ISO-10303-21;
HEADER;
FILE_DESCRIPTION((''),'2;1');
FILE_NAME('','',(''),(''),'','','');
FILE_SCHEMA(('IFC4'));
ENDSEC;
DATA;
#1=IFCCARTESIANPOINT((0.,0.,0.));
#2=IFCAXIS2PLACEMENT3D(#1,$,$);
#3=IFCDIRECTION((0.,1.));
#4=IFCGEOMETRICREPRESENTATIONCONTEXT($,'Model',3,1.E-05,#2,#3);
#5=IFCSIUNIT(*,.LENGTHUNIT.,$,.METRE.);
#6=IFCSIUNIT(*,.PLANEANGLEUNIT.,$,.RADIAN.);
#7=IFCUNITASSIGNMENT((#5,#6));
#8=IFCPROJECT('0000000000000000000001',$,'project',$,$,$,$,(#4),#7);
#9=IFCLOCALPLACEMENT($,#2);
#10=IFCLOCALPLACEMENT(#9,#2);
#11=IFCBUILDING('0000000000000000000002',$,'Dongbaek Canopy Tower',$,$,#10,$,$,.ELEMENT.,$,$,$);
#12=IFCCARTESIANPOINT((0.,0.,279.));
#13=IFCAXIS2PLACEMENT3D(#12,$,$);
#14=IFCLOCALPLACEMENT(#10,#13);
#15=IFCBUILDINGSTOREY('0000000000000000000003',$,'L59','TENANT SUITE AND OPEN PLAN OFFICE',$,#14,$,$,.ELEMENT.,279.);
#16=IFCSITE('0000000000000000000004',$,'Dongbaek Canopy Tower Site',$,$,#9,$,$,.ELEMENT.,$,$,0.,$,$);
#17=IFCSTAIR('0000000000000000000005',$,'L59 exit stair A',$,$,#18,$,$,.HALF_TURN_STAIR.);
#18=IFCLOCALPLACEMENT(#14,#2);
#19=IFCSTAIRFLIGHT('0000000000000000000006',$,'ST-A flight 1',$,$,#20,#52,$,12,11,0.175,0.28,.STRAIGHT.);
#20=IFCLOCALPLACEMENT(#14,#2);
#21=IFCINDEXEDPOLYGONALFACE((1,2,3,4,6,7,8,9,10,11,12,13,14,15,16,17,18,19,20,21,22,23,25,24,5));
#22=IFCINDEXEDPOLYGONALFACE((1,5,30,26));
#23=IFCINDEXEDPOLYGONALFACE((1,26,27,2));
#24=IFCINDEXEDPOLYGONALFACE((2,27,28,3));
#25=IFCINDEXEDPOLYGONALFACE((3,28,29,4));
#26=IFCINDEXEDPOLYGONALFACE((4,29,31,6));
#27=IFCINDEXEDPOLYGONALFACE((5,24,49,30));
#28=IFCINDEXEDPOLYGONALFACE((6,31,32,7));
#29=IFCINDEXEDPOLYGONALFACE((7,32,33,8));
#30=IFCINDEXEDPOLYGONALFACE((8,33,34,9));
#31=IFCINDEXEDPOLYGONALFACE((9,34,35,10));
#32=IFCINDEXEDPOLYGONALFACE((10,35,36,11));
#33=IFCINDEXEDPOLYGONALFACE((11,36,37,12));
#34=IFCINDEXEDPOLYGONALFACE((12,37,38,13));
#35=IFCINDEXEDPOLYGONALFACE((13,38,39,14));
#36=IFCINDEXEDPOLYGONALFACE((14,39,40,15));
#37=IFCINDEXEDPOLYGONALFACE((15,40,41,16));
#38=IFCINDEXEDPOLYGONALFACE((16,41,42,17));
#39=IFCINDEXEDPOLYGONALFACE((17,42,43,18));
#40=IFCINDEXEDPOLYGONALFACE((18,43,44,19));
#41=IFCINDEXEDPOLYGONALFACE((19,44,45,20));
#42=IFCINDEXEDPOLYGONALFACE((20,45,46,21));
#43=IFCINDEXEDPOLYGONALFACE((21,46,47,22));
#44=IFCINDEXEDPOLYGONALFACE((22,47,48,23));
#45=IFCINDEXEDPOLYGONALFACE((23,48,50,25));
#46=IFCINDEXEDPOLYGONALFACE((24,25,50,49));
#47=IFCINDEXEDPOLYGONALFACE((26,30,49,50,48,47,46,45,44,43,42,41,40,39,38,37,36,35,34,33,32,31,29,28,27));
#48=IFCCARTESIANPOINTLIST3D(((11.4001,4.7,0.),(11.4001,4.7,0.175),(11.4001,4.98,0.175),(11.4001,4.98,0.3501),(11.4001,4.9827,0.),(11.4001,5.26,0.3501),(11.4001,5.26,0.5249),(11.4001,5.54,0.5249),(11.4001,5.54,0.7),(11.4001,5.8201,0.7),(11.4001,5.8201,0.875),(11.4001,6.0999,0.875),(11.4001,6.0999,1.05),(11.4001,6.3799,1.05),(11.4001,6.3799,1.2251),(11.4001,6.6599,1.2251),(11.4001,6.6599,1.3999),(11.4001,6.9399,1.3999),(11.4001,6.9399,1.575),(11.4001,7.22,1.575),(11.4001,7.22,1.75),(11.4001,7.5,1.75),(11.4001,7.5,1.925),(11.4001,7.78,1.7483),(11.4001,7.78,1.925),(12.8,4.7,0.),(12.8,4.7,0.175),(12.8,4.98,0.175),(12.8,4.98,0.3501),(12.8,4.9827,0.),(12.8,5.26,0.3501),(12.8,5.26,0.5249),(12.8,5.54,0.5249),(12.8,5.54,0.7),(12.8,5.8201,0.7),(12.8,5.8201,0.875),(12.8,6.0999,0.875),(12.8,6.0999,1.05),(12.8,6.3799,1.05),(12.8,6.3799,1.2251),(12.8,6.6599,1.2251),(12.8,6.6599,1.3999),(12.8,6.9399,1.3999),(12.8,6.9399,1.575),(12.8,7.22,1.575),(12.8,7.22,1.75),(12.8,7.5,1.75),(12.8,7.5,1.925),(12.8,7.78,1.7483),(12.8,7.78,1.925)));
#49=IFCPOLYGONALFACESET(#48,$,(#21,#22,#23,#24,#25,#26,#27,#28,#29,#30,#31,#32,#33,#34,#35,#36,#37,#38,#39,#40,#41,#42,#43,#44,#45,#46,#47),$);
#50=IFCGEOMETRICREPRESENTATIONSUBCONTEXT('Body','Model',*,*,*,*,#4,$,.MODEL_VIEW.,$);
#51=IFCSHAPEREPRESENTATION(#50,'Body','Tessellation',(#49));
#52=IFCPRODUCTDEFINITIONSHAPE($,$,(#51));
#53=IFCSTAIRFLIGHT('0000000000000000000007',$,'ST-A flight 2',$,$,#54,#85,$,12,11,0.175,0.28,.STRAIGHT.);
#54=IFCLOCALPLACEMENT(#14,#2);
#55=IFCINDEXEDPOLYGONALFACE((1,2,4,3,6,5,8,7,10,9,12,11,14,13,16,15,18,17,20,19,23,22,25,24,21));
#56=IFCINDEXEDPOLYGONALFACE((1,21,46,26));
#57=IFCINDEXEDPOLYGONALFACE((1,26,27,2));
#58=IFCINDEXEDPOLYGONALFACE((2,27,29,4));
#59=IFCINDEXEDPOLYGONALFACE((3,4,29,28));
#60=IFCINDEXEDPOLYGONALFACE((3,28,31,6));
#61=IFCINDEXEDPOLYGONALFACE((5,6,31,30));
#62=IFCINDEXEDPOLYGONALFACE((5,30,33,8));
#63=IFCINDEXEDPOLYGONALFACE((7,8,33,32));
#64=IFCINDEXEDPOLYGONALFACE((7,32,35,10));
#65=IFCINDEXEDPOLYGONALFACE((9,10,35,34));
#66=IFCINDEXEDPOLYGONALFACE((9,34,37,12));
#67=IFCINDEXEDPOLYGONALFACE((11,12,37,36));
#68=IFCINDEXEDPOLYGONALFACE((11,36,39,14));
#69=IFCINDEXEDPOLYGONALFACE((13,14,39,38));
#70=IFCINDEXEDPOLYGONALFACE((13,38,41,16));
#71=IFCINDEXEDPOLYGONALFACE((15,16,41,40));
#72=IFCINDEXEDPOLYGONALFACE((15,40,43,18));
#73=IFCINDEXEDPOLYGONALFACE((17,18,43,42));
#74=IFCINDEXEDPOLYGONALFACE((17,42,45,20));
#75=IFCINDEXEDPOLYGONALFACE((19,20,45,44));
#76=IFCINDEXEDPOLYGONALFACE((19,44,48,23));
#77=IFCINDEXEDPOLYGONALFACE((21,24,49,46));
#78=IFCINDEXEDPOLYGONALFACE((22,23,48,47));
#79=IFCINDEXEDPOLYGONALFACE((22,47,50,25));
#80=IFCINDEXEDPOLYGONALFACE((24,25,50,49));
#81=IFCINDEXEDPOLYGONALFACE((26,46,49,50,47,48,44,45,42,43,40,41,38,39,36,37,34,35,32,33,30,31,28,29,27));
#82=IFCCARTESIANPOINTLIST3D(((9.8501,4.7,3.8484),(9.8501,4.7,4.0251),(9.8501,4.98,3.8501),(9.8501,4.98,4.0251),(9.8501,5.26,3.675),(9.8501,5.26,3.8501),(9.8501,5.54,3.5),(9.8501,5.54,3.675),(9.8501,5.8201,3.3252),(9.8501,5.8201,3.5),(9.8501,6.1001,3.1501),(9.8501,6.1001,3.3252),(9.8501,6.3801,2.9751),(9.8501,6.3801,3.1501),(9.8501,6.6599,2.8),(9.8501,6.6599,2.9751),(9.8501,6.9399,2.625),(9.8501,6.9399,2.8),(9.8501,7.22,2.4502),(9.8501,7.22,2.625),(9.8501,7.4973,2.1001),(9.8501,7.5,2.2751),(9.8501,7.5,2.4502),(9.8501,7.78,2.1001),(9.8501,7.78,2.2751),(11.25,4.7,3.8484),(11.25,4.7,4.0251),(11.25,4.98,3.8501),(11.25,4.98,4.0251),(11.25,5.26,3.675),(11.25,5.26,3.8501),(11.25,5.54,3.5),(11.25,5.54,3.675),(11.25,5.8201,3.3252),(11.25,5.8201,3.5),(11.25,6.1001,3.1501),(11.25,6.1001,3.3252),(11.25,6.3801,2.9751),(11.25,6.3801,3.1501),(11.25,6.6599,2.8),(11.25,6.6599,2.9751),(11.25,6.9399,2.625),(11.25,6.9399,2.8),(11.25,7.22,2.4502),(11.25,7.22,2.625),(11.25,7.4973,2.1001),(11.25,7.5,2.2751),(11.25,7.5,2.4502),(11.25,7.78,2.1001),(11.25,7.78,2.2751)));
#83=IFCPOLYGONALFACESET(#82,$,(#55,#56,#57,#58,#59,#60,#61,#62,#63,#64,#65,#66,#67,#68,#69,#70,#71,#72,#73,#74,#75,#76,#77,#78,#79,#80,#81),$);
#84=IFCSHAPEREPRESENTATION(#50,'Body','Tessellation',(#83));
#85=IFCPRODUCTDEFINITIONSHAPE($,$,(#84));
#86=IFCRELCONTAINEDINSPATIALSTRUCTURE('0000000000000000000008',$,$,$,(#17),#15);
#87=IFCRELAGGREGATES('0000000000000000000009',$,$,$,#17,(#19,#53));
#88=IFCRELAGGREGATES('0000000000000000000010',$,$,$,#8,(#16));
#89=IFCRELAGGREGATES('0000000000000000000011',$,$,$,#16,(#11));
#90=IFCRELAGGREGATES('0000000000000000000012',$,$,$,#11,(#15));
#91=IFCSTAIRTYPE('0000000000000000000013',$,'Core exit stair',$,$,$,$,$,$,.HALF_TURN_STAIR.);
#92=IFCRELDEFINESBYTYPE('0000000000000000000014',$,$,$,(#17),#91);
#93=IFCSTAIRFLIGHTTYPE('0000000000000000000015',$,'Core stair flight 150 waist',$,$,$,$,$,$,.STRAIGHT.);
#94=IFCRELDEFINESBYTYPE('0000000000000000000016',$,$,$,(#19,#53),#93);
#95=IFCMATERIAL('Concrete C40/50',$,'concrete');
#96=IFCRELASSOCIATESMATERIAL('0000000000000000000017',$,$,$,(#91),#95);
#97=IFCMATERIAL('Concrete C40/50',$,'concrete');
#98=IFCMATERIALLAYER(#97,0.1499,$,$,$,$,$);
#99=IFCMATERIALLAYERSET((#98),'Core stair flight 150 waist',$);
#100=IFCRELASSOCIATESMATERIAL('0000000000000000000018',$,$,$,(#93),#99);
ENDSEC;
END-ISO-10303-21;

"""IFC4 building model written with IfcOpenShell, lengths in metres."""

from ifc_helpers import new_model, si_unit, direction, frame, origin, place, context, subcontext, project, spatial, polyline, outline, extrude, material, layer, layer_set, type_object, element, aggregate, save


model = new_model("IFC4")

# Units and contexts
model_context = context("Model", 3, precision=1e-05, world=origin(), true_north=direction((0.0, 1.0)))
body_context = subcontext(model_context, "Body", "Model", "MODEL_VIEW")
ifc_project = project(units=[si_unit("LENGTHUNIT", "METRE"), si_unit("PLANEANGLEUNIT", "RADIAN")], contexts=[model_context])

# Site, building, storey
site_placement = place(None, origin())
site = spatial("IfcSite", under=ifc_project, at=site_placement, Name="Dongbaek Canopy Tower Site", CompositionType="ELEMENT", RefElevation=0.0)
building_placement = place(site_placement, origin())
building = spatial("IfcBuilding", under=site, at=building_placement, Name="Dongbaek Canopy Tower", CompositionType="ELEMENT")
storey_placement = place(building_placement, frame((0.0, 0.0, 279.0)))
storey = spatial("IfcBuildingStorey", under=building, at=storey_placement, Name="L59", Description="TENANT SUITE AND OPEN PLAN OFFICE", CompositionType="ELEMENT", Elevation=279.0)

# Stair, stair flights
ifc_material_1 = material(Name="Concrete C40/50", Category="concrete")
stair_type = type_object("IfcStairType", Name="Core exit stair", PredefinedType="HALF_TURN_STAIR", material=ifc_material_1)
stair_placement = place(storey_placement, origin())
stair = element("IfcStair", 1, at=stair_placement, inside=storey, type_object=stair_type, Name="L59 exit stair A", PredefinedType="HALF_TURN_STAIR")
ifc_material_2 = material(Name="Concrete C40/50", Category="concrete")
ifc_layer_1 = layer(ifc_material_2, 0.1499)
ifc_layer_set_1 = layer_set([ifc_layer_1], Name="Core stair flight 150 waist")
stair_flight_type = type_object("IfcStairFlightType", Name="Core stair flight 150 waist", PredefinedType="STRAIGHT", material=ifc_layer_set_1)
stair_flight_1_placement = place(storey_placement, frame((12.1001, 4.7, 0.0), z_axis=(0.0, 0.0, 1.0), x_axis=(0.0, 1.0, 0.0)))
stair_flight_1 = element("IfcStairFlight", 2, at=stair_flight_1_placement, type_object=stair_flight_type, Name="ST-A flight 1", NumberOfRisers=12, NumberOfTreads=11, PredefinedType="STRAIGHT", RiserHeight=0.175, TreadLength=0.28, context=body_context, shape_type="SweptSolid", body=[
    extrude(outline(polyline([(0.0, 0.0), (0.0, 0.175), (0.28, 0.175), (0.28, 0.3501), (0.5601, 0.3501), (0.5601, 0.5249), (0.8401, 0.5249), (0.8401, 0.7), (1.1201, 0.7), (1.1201, 0.875), (1.3999, 0.875), (1.3999, 1.05), (1.6799, 1.05), (1.6799, 1.2251), (1.96, 1.2251), (1.96, 1.3999), (2.24, 1.3999), (2.24, 1.575), (2.52, 1.575), (2.52, 1.75), (2.8, 1.75), (2.8, 1.925), (3.0801, 1.925), (3.0801, 2.1001), (3.0801, 1.7483), (0.2827, 0.0), (0.0, 0.0)])), frame((0.0, 0.7, 0.0), z_axis=(0.0, -1.0, 0.0), x_axis=(1.0, 0.0, 0.0)), (0.0, 0.0, 1.0), 1.3999),
])
stair_flight_2_placement = place(storey_placement, frame((10.55, 7.78, 2.1001), z_axis=(0.0, 0.0, 1.0), x_axis=(0.0, -1.0, 0.0)))
stair_flight_2 = element("IfcStairFlight", 3, at=stair_flight_2_placement, type_object=stair_flight_type, Name="ST-A flight 2", NumberOfRisers=12, NumberOfTreads=11, PredefinedType="STRAIGHT", RiserHeight=0.175, TreadLength=0.28, context=body_context, shape_type="SweptSolid", body=[
    extrude(outline(polyline([(0.0, 0.0), (0.0, 0.175), (0.28, 0.175), (0.28, 0.3501), (0.5601, 0.3501), (0.5601, 0.5249), (0.8401, 0.5249), (0.8401, 0.7), (1.1201, 0.7), (1.1201, 0.875), (1.3999, 0.875), (1.3999, 1.05), (1.6799, 1.05), (1.6799, 1.2251), (1.96, 1.2251), (1.96, 1.3999), (2.24, 1.3999), (2.24, 1.575), (2.52, 1.575), (2.52, 1.75), (2.8, 1.75), (2.8, 1.925), (3.0801, 1.925), (3.0801, 2.1001), (3.0801, 1.7483), (0.2827, 0.0), (0.0, 0.0)])), frame((0.0, 0.7, 0.0), z_axis=(0.0, -1.0, 0.0), x_axis=(1.0, 0.0, 0.0)), (0.0, 0.0, 1.0), 1.3999),
])
aggregate(stair, [stair_flight_1, stair_flight_2])

save(model, "model.ifc")
